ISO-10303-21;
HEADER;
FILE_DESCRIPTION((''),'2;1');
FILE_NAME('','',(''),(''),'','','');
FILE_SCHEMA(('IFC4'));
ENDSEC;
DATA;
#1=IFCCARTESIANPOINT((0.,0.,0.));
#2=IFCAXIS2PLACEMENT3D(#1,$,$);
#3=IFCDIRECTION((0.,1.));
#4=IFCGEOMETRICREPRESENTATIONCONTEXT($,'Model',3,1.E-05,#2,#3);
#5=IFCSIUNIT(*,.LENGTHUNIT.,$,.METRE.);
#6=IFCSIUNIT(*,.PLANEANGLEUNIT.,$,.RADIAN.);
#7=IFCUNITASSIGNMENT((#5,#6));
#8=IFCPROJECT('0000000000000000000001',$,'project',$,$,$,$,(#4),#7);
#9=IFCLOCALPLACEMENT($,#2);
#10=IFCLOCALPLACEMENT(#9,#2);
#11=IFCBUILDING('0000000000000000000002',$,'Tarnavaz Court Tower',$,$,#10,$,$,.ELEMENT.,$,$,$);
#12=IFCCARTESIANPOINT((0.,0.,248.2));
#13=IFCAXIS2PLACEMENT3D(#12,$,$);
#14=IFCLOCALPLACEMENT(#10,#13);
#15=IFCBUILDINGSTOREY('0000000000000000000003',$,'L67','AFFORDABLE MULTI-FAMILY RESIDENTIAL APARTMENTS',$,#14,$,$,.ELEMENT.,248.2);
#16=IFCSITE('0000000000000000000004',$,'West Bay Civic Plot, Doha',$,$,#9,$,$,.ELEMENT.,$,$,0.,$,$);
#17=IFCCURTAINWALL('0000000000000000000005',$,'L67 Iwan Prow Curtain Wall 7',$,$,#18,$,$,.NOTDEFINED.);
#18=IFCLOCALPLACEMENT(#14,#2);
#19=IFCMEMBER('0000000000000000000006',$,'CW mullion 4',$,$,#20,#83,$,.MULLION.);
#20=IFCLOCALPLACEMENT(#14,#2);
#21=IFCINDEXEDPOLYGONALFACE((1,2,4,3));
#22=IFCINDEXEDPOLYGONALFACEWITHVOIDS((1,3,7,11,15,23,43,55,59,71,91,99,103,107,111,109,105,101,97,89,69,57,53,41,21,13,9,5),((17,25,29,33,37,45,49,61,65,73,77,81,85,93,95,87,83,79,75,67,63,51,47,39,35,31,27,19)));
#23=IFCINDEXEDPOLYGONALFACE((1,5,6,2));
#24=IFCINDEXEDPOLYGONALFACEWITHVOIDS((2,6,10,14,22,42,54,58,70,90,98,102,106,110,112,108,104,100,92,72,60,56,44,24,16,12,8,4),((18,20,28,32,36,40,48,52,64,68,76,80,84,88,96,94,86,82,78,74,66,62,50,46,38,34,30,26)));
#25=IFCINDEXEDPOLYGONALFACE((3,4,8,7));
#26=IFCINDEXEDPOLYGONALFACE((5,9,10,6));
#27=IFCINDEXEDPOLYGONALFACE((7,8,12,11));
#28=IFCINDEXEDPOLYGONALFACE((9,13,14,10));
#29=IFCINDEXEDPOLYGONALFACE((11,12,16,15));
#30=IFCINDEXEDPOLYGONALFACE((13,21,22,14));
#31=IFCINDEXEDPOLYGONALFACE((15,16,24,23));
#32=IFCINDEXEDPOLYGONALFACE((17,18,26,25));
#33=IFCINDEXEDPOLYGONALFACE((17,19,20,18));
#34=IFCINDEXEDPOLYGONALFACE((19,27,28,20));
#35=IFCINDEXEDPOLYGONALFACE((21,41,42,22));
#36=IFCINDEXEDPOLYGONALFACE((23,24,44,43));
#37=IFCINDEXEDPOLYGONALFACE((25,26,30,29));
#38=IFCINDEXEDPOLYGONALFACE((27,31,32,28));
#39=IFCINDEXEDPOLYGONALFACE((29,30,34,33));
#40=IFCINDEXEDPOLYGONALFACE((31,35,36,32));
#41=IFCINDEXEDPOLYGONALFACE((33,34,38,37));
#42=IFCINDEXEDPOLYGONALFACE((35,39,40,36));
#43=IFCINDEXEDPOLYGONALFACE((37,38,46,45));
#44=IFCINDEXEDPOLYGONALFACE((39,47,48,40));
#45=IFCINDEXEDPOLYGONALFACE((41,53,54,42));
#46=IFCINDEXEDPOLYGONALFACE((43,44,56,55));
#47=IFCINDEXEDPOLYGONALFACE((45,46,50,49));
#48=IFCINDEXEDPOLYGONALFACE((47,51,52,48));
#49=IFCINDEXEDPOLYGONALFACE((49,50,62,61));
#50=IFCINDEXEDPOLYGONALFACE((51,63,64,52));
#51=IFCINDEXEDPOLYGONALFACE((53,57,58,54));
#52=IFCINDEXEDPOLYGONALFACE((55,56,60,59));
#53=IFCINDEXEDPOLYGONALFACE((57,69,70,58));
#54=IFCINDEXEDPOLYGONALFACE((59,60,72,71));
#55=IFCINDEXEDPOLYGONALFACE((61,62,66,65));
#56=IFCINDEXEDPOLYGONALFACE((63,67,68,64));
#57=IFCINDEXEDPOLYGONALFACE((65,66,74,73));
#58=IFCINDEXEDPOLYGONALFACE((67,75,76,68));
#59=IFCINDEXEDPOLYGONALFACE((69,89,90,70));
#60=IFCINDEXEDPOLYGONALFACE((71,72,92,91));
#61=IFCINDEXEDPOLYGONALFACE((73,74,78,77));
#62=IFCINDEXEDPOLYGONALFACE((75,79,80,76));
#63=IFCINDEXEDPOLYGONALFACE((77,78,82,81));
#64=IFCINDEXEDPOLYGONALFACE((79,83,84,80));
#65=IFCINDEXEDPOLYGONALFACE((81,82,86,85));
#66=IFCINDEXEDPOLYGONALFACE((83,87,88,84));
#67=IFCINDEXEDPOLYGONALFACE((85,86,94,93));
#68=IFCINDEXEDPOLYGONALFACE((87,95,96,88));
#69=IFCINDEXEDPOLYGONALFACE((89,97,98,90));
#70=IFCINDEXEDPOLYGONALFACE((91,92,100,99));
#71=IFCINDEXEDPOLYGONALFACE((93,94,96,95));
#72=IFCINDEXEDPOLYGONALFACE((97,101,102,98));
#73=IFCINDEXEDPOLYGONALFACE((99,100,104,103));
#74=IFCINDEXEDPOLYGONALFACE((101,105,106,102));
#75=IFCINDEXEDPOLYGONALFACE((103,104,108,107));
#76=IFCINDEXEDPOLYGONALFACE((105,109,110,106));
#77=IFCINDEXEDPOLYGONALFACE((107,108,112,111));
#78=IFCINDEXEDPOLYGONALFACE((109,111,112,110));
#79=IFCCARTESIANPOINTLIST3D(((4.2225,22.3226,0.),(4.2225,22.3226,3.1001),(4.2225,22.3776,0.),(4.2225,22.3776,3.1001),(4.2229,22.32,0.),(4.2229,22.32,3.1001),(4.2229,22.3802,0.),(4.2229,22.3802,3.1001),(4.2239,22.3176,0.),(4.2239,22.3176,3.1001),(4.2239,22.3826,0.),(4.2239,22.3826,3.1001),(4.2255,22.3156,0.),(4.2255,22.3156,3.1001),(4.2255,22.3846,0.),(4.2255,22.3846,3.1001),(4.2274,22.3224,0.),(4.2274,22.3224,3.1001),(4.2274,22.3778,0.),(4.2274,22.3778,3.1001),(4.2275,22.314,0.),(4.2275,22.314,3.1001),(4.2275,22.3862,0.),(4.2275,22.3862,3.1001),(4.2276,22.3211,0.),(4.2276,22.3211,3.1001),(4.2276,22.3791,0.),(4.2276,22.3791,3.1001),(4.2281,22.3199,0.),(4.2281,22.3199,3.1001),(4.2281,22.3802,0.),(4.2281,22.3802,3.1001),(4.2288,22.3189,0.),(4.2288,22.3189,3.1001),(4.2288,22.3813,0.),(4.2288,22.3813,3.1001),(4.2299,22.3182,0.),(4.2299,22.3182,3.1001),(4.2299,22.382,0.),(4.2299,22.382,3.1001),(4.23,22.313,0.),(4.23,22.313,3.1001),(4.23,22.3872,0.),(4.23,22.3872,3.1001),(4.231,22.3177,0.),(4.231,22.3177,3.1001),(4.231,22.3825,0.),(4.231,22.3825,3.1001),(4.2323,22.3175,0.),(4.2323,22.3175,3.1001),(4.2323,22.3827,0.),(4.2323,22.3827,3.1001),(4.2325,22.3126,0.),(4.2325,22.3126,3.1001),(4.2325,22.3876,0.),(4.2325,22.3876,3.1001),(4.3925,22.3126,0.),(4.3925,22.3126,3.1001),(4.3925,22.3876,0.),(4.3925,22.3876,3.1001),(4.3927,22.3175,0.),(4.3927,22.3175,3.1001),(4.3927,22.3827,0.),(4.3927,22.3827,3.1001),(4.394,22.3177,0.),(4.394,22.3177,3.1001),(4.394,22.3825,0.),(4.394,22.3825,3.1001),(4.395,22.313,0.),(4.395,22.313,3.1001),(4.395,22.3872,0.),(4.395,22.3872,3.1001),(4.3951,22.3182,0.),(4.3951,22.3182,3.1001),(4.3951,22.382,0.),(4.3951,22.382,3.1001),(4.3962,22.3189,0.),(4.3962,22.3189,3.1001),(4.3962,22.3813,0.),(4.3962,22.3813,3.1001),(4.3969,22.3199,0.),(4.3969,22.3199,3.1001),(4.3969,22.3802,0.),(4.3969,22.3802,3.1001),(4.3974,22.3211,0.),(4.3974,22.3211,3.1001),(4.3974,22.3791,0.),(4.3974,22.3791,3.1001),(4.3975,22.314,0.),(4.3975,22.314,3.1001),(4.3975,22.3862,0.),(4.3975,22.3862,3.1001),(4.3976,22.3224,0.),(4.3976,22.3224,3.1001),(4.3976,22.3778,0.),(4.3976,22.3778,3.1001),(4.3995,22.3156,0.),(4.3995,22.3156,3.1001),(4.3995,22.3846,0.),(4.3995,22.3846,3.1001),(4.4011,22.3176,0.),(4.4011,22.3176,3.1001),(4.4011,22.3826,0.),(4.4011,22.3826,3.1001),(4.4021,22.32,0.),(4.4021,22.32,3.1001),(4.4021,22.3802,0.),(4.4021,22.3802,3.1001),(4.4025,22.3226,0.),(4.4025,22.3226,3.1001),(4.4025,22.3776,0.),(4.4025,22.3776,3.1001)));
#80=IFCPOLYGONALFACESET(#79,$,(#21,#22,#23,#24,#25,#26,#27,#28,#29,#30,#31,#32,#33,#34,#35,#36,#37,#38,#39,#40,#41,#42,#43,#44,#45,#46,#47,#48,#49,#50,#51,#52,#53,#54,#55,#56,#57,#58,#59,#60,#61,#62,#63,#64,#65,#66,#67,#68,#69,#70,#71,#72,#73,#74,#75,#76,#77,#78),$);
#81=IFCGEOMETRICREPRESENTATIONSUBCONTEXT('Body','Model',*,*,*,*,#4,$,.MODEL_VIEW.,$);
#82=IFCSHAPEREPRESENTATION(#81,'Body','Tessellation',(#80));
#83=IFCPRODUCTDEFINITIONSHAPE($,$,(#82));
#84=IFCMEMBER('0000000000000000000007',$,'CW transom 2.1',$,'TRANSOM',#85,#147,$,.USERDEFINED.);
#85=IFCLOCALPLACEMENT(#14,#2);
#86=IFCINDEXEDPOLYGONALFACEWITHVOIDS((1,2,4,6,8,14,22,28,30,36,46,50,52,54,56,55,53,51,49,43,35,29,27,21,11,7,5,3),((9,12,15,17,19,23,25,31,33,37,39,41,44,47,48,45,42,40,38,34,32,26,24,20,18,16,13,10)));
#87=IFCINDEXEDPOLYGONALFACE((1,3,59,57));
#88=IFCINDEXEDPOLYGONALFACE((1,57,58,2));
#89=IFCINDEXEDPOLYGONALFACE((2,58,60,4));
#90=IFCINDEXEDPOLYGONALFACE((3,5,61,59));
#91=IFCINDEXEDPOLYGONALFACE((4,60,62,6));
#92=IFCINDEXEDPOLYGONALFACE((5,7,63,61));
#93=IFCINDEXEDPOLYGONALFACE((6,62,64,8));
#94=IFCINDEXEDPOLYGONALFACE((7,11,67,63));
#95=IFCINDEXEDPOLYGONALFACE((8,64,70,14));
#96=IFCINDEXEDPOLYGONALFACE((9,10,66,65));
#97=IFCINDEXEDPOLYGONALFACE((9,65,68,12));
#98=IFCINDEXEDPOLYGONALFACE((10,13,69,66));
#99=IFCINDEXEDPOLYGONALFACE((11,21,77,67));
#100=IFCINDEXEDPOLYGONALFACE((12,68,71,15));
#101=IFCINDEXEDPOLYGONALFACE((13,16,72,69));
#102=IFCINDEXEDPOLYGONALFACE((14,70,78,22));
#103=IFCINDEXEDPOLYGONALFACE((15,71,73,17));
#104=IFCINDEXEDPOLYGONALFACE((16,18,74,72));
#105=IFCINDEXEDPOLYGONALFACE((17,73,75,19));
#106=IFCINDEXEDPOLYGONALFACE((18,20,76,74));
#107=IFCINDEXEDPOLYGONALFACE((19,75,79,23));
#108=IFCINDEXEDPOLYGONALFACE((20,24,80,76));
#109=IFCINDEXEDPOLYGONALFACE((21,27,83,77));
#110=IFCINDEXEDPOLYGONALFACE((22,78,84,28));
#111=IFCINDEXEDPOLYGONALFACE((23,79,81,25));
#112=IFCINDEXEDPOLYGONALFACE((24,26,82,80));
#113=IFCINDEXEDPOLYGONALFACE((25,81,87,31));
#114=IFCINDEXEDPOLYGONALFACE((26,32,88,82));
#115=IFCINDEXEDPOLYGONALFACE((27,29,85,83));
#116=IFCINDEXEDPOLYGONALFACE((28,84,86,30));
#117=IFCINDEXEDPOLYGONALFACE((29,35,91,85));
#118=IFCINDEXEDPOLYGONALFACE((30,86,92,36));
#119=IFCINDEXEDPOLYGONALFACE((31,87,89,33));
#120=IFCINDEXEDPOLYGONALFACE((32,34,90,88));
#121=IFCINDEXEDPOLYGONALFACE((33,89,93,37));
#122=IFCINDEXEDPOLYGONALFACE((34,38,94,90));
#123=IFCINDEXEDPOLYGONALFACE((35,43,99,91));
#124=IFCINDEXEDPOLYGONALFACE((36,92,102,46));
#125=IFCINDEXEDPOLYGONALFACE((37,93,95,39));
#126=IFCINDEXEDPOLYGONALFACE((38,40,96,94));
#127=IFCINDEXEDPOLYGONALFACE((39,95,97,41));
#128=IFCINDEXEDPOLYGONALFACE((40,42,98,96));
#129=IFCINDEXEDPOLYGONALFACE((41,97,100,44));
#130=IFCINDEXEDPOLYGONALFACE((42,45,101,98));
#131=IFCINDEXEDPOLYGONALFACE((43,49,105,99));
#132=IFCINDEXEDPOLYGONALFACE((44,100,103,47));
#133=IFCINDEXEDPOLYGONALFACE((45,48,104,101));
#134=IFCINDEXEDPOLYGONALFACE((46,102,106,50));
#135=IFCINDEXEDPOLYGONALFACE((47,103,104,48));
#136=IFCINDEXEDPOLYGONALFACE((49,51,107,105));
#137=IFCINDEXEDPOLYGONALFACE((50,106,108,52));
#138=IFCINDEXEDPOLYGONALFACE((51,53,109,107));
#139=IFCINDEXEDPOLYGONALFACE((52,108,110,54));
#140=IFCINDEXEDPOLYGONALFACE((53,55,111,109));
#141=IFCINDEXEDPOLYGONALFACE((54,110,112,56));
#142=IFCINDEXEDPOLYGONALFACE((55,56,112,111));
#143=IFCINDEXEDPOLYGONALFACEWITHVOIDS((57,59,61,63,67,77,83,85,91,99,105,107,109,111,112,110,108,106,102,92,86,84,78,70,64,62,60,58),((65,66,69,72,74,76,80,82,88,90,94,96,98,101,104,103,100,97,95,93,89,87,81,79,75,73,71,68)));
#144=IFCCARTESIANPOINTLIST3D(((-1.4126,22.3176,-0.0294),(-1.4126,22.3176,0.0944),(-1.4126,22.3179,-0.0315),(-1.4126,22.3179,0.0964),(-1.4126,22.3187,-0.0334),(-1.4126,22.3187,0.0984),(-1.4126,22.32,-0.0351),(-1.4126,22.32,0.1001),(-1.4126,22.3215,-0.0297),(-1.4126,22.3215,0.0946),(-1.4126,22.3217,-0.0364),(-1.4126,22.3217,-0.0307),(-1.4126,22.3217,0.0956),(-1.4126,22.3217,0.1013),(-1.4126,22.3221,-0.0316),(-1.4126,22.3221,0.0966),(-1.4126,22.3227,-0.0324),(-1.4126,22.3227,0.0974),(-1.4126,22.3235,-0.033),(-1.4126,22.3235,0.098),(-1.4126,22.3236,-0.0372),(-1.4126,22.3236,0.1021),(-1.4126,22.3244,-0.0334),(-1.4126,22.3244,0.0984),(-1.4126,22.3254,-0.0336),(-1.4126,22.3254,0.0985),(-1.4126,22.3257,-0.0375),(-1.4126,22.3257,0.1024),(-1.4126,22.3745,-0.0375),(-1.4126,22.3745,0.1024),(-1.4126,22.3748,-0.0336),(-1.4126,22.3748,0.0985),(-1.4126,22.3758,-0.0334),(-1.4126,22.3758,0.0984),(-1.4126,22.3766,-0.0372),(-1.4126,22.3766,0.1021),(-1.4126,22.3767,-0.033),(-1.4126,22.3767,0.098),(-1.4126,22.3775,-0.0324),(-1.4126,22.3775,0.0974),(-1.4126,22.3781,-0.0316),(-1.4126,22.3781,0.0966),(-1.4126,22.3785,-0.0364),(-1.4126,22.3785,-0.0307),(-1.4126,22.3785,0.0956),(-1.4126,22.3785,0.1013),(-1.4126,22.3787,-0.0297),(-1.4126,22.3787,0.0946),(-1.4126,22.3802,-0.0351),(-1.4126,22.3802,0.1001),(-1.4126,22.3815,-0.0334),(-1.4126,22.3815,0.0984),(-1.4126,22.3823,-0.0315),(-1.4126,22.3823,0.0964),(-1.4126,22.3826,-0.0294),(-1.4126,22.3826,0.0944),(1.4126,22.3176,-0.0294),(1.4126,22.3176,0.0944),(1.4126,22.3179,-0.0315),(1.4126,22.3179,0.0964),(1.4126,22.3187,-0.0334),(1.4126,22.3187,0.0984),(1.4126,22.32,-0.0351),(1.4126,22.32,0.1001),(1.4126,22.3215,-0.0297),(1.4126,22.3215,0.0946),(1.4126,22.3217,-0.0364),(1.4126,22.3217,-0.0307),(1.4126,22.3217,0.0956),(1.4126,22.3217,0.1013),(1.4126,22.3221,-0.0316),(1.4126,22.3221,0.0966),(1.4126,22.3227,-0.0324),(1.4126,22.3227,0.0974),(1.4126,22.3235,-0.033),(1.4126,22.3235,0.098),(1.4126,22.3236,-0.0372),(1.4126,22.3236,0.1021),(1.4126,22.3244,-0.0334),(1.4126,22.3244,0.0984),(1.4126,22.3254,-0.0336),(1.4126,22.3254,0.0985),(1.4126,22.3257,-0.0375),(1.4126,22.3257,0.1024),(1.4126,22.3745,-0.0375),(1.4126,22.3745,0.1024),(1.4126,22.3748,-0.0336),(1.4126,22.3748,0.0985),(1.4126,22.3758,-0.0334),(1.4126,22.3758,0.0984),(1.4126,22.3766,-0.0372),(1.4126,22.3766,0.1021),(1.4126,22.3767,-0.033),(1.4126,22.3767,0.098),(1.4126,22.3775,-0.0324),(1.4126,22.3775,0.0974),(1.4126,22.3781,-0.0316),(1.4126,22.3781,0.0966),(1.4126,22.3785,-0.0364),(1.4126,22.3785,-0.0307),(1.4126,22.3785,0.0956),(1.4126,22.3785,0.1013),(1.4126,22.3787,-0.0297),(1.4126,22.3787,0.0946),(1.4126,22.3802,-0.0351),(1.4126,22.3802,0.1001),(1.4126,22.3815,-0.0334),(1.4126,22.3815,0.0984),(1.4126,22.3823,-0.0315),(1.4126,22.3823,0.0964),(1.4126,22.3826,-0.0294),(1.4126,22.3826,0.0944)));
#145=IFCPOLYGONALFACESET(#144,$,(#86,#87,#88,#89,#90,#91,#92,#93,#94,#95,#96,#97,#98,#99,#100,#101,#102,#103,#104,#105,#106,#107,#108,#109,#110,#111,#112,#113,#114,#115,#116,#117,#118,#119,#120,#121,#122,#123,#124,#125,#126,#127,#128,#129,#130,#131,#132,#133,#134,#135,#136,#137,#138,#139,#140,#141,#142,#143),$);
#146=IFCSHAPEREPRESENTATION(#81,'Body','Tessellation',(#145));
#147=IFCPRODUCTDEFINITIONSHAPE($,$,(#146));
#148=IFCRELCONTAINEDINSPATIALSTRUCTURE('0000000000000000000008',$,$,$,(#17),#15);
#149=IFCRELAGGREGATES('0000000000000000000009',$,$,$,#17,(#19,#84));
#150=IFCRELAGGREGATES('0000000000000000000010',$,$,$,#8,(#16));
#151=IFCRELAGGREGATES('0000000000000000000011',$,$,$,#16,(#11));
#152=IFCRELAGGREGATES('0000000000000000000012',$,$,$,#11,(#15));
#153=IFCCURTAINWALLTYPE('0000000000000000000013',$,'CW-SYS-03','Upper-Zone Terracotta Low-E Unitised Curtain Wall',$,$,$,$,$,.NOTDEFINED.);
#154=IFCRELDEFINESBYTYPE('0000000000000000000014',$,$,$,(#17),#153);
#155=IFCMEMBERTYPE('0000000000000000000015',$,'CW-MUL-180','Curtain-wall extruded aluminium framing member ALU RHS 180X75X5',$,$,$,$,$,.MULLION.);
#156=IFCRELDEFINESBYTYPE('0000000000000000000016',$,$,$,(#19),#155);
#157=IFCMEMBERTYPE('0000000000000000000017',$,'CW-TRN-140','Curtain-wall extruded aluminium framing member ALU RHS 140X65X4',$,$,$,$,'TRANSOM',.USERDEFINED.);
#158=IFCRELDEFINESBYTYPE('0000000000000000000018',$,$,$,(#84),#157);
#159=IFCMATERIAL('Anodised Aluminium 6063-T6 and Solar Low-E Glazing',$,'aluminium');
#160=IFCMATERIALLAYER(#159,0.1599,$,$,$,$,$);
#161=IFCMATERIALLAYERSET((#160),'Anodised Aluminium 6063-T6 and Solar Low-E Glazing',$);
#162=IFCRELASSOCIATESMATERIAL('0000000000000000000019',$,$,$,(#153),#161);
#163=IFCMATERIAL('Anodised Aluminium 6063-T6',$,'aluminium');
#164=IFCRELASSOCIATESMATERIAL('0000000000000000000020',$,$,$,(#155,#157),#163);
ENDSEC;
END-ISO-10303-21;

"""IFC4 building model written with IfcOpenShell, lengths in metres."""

from ifc_helpers import new_model, si_unit, direction, frame, origin, origin_2d, place, context, subcontext, project, spatial, hollow_rectangle, extrude, material, layer, layer_set, material_profile, profile_set, type_object, element, aggregate, save


model = new_model("IFC4")

# Units and contexts
model_context = context("Model", 3, precision=1e-05, world=origin(), true_north=direction((0.0, 1.0)))
body_context = subcontext(model_context, "Body", "Model", "MODEL_VIEW")
ifc_project = project(units=[si_unit("LENGTHUNIT", "METRE"), si_unit("PLANEANGLEUNIT", "RADIAN")], contexts=[model_context])

# Site, building, storey
site_placement = place(None, origin())
site = spatial("IfcSite", under=ifc_project, at=site_placement, Name="West Bay Civic Plot, Doha", CompositionType="ELEMENT", RefElevation=0.0)
building_placement = place(site_placement, origin())
building = spatial("IfcBuilding", under=site, at=building_placement, Name="Tarnavaz Court Tower", CompositionType="ELEMENT")
storey_placement = place(building_placement, frame((0.0, 0.0, 248.2)))
storey = spatial("IfcBuildingStorey", under=building, at=storey_placement, Name="L67", Description="AFFORDABLE MULTI-FAMILY RESIDENTIAL APARTMENTS", CompositionType="ELEMENT", Elevation=248.2)

# Curtain wall, members
ifc_material_1 = material(Name="Anodised Aluminium 6063-T6 and Solar Low-E Glazing", Category="aluminium")
ifc_layer_1 = layer(ifc_material_1, 0.1599)
ifc_layer_set_1 = layer_set([ifc_layer_1], Name="Anodised Aluminium 6063-T6 and Solar Low-E Glazing")
curtain_wall_type = type_object("IfcCurtainWallType", Name="CW-SYS-03", Description="Upper-Zone Terracotta Low-E Unitised Curtain Wall", PredefinedType="NOTDEFINED", material=ifc_layer_set_1)
curtain_wall_placement = place(storey_placement, origin())
curtain_wall = element("IfcCurtainWall", 1, at=curtain_wall_placement, inside=storey, type_object=curtain_wall_type, Name="L67 Iwan Prow Curtain Wall 7", PredefinedType="NOTDEFINED")
ifc_material_2 = material(Name="Anodised Aluminium 6063-T6", Category="aluminium")
ifc_material_profile_1 = material_profile(ifc_material_2, hollow_rectangle(XDim=0.075, YDim=0.1799, WallThickness=0.0049, InnerFilletRadius=0.0049, OuterFilletRadius=0.01, at=origin_2d()), Name="ALU RHS 180X75X5")
ifc_profile_set_1 = profile_set([ifc_material_profile_1], Name="Anodised Aluminium 6063-T6")
member_type_1 = type_object("IfcMemberType", Name="CW-MUL-180", Description="Curtain-wall extruded aluminium framing member ALU RHS 180X75X5", PredefinedType="MULLION", material=ifc_profile_set_1)
member_1_placement = place(storey_placement, frame((4.3125, 22.3501, 0.0), z_axis=(0.0, 0.0, 1.0), x_axis=(0.0, 1.0, 0.0)))
member_1 = element("IfcMember", 2, at=member_1_placement, type_object=member_type_1, Name="CW mullion 4", PredefinedType="MULLION", context=body_context, shape_type="SweptSolid", body=[
    extrude(hollow_rectangle(XDim=0.075, YDim=0.1799, WallThickness=0.0049, InnerFilletRadius=0.0049, OuterFilletRadius=0.01, at=origin_2d()), origin(), (0.0, 0.0, 1.0), 3.1001),
])
ifc_material_profile_2 = material_profile(ifc_material_2, hollow_rectangle(XDim=0.0649, YDim=0.1399, WallThickness=0.0039, InnerFilletRadius=0.0039, OuterFilletRadius=0.0081, at=origin_2d()), Name="ALU RHS 140X65X4")
ifc_profile_set_2 = profile_set([ifc_material_profile_2], Name="Anodised Aluminium 6063-T6")
member_type_2 = type_object("IfcMemberType", Name="CW-TRN-140", Description="Curtain-wall extruded aluminium framing member ALU RHS 140X65X4", ElementType="TRANSOM", PredefinedType="USERDEFINED", material=ifc_profile_set_2)
member_2_placement = place(storey_placement, frame((-1.4126, 22.3501, 0.0325), z_axis=(1.0, 0.0, 0.0), x_axis=(0.0, 1.0, 0.0)))
member_2 = element("IfcMember", 3, at=member_2_placement, type_object=member_type_2, Name="CW transom 2.1", ObjectType="TRANSOM", PredefinedType="USERDEFINED", context=body_context, shape_type="SweptSolid", body=[
    extrude(hollow_rectangle(XDim=0.0649, YDim=0.1399, WallThickness=0.0039, InnerFilletRadius=0.0039, OuterFilletRadius=0.0081, at=origin_2d()), origin(), (0.0, 0.0, 1.0), 2.8252),
])
aggregate(curtain_wall, [member_1, member_2])

save(model, "model.ifc")
